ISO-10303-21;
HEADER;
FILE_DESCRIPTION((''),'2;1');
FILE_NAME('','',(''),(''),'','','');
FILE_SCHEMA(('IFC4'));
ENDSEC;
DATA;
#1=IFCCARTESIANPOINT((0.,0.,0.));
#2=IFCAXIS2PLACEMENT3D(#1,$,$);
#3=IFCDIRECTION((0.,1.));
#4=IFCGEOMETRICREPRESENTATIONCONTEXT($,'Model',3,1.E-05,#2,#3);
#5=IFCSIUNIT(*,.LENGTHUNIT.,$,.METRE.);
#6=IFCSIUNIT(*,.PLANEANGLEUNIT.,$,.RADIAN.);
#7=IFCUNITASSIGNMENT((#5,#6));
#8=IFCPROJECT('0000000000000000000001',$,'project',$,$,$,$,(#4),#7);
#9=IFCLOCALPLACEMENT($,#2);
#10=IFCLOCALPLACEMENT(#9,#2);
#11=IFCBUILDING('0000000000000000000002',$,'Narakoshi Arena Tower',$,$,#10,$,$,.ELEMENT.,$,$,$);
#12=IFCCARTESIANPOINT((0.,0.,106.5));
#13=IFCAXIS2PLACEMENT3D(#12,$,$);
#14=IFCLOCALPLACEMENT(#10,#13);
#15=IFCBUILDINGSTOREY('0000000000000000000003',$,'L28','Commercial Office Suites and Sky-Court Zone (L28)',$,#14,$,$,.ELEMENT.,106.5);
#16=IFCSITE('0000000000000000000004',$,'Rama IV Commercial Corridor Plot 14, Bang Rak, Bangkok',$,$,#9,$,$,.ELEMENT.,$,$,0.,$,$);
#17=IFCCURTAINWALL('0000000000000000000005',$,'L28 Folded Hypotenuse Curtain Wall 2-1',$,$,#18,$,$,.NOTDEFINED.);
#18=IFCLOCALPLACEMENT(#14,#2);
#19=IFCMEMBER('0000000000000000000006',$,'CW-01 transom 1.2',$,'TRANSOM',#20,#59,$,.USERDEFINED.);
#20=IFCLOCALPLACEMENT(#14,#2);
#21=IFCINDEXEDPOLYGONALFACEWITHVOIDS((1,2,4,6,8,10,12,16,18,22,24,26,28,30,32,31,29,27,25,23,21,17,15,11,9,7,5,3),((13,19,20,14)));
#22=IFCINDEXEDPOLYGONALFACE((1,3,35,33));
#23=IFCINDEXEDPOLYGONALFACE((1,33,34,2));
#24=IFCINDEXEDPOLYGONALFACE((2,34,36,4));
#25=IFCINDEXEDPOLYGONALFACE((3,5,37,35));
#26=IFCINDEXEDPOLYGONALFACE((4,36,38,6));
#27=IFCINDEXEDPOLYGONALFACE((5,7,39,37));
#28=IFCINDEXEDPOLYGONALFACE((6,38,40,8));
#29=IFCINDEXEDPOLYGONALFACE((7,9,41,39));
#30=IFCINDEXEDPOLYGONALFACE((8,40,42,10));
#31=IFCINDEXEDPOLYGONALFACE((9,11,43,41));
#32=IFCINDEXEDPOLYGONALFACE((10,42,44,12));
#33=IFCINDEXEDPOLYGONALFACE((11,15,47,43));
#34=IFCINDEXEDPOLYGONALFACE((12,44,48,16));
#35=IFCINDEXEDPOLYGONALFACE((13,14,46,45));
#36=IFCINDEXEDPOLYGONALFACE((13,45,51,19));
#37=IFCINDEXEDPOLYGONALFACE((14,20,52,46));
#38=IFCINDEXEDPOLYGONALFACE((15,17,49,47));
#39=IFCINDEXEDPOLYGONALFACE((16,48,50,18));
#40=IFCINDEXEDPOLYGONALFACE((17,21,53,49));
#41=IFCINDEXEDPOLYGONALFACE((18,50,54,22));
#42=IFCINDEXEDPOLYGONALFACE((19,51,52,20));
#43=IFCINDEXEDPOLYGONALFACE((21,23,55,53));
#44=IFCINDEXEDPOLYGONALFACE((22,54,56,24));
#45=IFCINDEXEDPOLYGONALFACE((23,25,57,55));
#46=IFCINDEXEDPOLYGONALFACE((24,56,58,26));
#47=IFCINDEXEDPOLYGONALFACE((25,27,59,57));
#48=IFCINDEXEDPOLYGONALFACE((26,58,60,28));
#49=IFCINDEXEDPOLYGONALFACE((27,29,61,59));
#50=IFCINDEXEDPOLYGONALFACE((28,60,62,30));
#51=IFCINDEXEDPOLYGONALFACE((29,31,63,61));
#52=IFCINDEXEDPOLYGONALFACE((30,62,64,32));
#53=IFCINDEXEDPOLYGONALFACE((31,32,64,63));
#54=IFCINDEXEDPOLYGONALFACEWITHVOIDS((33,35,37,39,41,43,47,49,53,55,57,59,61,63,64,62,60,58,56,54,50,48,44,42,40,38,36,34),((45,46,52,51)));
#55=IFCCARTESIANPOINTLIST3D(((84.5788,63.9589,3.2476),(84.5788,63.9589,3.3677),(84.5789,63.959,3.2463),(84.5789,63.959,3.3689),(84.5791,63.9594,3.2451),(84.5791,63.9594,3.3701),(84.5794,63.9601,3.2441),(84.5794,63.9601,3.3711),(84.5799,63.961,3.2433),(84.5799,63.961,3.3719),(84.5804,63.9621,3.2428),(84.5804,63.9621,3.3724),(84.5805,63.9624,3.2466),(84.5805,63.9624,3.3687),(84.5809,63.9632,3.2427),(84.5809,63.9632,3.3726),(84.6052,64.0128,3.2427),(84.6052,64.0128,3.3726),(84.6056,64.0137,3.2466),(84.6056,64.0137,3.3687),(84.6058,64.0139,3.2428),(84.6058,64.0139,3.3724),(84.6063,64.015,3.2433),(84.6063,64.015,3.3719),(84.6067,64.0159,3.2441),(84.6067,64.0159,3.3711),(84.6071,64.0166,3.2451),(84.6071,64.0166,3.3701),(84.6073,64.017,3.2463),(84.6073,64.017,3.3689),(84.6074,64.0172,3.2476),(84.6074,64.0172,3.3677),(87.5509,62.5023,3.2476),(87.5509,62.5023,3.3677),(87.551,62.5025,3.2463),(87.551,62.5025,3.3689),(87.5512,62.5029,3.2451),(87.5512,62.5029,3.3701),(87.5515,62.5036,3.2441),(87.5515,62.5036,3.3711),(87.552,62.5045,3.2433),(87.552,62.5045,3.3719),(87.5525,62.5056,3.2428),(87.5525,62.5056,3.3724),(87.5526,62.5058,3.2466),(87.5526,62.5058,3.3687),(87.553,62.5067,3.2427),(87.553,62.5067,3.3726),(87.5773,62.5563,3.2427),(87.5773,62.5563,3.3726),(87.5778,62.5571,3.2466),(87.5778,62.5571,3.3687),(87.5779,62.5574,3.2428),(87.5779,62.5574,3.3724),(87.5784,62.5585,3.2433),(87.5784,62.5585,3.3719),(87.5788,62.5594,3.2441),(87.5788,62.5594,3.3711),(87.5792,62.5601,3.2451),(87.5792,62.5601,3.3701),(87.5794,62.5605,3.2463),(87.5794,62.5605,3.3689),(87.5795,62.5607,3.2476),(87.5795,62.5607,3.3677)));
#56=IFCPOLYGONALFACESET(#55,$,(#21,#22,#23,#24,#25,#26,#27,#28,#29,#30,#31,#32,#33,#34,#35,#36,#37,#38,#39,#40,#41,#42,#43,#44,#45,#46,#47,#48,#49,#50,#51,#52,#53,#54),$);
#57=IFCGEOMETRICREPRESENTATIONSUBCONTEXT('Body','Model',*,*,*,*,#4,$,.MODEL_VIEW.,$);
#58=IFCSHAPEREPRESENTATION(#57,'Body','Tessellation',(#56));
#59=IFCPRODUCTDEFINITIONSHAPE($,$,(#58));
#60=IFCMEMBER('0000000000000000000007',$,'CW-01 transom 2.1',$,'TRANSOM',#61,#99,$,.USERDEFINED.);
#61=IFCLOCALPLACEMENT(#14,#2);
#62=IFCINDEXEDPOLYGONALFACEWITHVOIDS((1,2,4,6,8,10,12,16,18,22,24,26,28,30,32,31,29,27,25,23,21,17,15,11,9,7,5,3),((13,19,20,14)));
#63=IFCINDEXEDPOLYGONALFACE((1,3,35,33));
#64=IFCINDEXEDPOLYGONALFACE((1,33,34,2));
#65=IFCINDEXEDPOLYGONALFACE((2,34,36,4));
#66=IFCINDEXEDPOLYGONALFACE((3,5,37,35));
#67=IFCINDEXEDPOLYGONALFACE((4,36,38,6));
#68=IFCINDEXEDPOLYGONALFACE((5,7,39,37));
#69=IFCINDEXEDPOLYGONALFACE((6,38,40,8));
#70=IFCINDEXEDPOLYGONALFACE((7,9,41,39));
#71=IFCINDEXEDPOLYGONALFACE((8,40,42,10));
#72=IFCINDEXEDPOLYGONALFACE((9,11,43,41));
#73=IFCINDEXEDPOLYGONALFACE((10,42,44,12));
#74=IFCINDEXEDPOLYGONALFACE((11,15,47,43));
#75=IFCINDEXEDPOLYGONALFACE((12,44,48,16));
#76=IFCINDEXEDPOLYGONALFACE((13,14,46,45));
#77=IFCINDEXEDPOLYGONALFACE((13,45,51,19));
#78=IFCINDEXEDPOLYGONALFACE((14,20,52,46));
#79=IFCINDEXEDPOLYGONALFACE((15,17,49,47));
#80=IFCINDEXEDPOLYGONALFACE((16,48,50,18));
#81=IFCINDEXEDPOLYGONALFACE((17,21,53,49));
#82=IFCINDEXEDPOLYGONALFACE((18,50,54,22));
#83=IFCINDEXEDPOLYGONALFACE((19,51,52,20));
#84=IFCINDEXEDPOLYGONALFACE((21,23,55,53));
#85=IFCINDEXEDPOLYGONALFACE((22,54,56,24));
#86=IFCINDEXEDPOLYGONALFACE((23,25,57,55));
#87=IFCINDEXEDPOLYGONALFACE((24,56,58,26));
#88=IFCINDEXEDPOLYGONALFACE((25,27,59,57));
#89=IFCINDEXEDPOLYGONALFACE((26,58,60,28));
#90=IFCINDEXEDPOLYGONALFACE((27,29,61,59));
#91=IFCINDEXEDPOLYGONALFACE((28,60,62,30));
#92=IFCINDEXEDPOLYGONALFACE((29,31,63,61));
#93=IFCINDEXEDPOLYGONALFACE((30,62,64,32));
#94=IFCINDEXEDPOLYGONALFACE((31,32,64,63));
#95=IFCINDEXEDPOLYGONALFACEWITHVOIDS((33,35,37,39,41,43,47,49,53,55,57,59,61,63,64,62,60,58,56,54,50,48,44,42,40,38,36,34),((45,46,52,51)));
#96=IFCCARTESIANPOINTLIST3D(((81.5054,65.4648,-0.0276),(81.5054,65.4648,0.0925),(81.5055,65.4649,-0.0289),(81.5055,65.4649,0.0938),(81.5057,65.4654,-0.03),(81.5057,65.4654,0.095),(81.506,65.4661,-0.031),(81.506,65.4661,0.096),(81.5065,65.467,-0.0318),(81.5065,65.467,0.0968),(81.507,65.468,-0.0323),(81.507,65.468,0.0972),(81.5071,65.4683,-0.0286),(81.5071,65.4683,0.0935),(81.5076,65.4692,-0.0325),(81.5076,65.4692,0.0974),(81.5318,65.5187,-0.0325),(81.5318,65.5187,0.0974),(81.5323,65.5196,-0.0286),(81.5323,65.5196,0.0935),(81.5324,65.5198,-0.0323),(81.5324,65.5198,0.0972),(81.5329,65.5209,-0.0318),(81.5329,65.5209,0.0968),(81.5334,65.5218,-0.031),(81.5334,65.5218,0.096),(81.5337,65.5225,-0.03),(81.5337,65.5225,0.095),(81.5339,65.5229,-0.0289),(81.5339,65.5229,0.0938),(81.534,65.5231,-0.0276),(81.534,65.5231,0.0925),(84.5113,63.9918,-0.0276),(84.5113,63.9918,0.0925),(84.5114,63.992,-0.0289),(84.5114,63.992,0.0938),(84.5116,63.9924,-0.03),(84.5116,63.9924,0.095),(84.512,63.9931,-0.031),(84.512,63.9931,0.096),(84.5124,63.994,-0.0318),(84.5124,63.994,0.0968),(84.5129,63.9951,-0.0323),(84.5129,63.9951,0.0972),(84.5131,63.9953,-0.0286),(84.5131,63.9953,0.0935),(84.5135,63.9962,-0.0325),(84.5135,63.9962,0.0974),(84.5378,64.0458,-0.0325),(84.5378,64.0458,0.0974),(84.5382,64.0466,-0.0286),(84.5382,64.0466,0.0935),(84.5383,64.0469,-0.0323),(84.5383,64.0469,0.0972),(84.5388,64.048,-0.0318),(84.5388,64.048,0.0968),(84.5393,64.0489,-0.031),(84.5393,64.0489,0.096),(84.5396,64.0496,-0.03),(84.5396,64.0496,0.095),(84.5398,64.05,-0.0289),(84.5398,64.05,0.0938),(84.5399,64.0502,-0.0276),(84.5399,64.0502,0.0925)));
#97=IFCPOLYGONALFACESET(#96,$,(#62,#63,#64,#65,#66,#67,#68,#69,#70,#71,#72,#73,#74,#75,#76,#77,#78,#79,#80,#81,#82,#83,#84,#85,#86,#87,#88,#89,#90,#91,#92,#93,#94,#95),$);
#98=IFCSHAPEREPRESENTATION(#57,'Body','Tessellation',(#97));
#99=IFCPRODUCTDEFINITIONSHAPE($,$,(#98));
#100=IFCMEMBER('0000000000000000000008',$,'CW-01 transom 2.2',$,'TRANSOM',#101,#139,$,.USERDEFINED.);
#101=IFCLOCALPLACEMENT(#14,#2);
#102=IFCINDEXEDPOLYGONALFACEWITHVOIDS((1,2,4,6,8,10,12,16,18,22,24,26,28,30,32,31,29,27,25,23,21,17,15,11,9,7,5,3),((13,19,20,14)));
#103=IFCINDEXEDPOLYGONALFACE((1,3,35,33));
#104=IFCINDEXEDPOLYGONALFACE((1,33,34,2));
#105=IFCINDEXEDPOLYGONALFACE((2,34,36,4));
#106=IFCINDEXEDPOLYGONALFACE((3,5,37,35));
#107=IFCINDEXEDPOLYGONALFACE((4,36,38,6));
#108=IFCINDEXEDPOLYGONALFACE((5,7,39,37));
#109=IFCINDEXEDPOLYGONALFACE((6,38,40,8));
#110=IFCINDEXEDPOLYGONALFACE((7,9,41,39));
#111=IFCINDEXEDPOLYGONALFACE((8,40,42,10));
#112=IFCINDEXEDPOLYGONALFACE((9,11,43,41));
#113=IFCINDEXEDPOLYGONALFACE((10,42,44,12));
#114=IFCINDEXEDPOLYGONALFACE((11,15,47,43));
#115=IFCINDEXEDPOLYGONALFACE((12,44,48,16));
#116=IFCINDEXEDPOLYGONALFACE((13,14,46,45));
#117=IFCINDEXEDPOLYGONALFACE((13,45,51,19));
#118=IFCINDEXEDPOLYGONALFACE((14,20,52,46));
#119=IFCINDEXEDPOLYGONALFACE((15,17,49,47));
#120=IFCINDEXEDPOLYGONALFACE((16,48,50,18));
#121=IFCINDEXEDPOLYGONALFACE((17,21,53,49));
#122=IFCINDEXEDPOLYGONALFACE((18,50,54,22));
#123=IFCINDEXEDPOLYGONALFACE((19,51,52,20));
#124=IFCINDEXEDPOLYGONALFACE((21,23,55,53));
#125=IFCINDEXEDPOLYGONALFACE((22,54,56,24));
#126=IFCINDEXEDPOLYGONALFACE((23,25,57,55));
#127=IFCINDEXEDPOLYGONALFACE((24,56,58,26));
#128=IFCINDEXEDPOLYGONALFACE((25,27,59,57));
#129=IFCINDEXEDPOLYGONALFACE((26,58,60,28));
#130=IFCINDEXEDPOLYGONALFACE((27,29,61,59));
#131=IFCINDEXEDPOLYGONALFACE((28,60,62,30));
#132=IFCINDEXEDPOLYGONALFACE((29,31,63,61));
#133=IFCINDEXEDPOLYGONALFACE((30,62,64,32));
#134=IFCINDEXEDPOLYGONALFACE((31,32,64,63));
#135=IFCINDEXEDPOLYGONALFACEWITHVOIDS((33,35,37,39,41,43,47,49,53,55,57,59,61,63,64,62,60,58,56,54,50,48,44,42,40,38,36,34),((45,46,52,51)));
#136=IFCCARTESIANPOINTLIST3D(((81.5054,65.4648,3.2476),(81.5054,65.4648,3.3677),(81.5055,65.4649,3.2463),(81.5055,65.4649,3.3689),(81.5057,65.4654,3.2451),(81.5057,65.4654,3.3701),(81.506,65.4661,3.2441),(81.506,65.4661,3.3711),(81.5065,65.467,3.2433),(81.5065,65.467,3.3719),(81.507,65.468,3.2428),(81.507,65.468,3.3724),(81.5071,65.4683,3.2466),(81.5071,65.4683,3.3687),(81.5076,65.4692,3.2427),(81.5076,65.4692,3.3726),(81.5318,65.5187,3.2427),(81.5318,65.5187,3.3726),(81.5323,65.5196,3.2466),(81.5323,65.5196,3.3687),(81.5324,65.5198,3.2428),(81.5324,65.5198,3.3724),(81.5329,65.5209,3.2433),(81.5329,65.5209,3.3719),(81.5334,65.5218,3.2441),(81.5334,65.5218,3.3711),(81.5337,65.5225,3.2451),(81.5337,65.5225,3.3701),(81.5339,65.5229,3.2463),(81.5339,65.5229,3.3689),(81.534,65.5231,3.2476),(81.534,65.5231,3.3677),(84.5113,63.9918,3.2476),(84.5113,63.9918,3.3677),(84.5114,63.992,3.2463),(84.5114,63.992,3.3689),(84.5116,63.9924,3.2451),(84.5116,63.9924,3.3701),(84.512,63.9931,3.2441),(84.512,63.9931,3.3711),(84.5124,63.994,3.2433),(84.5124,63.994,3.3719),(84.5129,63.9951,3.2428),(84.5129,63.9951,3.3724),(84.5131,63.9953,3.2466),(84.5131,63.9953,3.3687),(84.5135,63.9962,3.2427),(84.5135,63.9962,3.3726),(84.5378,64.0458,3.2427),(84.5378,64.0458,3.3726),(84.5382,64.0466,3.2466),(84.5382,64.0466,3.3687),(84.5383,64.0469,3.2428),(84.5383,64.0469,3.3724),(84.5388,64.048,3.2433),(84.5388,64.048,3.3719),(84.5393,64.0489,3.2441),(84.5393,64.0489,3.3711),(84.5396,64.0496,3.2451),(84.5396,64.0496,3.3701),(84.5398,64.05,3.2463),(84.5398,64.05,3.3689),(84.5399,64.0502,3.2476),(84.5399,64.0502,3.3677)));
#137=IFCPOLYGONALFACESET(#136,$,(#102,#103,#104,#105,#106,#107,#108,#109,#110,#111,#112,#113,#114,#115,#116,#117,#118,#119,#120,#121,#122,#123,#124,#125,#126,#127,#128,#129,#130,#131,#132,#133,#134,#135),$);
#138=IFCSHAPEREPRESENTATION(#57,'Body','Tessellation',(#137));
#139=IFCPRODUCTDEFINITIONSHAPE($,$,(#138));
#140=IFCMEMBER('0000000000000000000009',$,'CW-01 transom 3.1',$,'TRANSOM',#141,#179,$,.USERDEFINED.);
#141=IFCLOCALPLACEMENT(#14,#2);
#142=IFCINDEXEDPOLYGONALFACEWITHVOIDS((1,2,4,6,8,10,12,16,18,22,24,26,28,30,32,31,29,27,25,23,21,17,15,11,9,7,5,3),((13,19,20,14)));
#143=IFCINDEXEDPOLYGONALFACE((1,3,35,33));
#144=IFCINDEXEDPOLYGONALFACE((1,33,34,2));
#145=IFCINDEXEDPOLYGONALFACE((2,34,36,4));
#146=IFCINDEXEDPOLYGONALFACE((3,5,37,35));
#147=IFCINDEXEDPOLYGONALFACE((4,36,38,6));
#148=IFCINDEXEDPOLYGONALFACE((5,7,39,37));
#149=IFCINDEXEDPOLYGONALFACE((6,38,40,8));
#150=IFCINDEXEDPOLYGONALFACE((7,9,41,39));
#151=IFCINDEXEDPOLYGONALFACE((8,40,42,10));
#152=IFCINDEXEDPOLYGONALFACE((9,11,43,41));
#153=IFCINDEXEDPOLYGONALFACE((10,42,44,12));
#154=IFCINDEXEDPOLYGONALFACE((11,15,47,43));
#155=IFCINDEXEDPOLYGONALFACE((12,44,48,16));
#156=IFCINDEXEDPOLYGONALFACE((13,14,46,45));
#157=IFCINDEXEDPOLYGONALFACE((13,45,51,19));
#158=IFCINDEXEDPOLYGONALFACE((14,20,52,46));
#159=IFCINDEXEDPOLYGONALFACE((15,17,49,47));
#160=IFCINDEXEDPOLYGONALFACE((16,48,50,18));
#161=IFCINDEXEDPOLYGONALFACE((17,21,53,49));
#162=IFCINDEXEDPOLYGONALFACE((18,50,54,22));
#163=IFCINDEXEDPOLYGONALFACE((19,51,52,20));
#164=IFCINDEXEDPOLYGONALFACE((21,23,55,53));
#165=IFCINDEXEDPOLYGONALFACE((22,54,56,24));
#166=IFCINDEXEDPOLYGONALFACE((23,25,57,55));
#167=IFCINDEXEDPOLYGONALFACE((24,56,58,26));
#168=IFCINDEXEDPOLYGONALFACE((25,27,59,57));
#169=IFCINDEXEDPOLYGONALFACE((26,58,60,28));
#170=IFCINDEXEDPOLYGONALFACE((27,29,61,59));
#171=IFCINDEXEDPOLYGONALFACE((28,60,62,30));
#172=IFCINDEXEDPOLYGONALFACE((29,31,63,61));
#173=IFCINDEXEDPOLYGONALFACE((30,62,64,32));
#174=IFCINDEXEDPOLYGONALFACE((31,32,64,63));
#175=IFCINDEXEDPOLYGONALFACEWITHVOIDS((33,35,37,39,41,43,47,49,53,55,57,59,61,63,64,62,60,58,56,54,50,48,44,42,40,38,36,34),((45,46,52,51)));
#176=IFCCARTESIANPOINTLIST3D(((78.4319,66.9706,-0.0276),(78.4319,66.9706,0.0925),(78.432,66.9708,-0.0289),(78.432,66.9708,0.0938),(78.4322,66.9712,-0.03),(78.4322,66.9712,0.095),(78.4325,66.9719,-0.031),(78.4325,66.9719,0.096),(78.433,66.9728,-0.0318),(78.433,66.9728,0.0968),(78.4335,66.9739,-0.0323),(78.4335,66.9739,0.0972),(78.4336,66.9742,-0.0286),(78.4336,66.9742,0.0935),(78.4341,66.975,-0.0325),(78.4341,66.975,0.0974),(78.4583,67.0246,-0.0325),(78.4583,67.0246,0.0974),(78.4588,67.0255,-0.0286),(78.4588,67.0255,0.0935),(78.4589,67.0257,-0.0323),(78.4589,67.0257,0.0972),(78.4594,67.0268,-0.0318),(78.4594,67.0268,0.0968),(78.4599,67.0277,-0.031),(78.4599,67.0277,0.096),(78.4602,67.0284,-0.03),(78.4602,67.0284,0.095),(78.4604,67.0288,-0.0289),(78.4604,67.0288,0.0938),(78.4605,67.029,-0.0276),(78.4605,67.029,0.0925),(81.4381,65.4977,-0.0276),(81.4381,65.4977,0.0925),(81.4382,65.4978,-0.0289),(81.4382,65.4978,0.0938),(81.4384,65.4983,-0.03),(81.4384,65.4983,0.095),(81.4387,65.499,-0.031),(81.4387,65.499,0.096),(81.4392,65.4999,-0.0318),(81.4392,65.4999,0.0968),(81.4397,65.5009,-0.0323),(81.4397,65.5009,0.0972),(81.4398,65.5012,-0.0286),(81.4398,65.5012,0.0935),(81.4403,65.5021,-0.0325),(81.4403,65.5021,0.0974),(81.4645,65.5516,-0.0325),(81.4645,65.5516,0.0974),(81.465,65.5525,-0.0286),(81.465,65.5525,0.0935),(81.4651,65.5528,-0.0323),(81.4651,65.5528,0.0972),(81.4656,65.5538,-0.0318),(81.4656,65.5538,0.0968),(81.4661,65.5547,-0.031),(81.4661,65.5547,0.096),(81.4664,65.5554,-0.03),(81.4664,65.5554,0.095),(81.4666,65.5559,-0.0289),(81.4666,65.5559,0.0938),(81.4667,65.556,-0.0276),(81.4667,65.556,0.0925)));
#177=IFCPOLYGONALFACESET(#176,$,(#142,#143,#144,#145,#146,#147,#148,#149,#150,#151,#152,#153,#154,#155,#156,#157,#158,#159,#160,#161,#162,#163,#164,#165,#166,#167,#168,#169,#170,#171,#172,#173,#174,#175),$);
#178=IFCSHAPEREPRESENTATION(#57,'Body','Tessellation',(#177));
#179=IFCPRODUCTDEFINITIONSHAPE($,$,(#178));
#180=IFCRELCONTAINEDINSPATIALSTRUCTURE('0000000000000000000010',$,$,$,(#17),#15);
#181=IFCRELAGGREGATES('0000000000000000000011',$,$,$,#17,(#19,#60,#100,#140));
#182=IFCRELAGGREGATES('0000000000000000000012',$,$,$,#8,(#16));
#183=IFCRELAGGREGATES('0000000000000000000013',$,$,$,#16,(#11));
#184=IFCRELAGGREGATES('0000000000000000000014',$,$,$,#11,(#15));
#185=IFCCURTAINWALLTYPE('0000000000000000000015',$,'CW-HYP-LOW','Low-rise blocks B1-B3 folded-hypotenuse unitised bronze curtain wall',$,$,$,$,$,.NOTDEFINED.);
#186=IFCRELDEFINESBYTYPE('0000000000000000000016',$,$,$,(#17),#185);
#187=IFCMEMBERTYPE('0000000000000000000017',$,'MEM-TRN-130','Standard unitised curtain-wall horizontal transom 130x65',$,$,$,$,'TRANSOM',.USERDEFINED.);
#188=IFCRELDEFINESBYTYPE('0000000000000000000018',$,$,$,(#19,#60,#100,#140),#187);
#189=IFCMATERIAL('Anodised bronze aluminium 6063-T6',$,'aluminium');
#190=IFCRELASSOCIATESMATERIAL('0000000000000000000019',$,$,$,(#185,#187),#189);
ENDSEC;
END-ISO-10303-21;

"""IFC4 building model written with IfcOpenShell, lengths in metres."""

from ifc_helpers import new_model, si_unit, direction, frame, origin, origin_2d, place, context, subcontext, project, spatial, hollow_rectangle, extrude, material, material_profile, profile_set, type_object, element, aggregate, save


model = new_model("IFC4")

# Units and contexts
model_context = context("Model", 3, precision=1e-05, world=origin(), true_north=direction((0.0, 1.0)))
body_context = subcontext(model_context, "Body", "Model", "MODEL_VIEW")
ifc_project = project(units=[si_unit("LENGTHUNIT", "METRE"), si_unit("PLANEANGLEUNIT", "RADIAN")], contexts=[model_context])

# Site, building, storey
site_placement = place(None, origin())
site = spatial("IfcSite", under=ifc_project, at=site_placement, Name="Rama IV Commercial Corridor Plot 14, Bang Rak, Bangkok", CompositionType="ELEMENT", RefElevation=0.0)
building_placement = place(site_placement, origin())
building = spatial("IfcBuilding", under=site, at=building_placement, Name="Narakoshi Arena Tower", CompositionType="ELEMENT")
storey_placement = place(building_placement, frame((0.0, 0.0, 106.5)))
storey = spatial("IfcBuildingStorey", under=building, at=storey_placement, Name="L28", Description="Commercial Office Suites and Sky-Court Zone (L28)", CompositionType="ELEMENT", Elevation=106.5)

# Curtain wall, members
ifc_material_1 = material(Name="Anodised bronze aluminium 6063-T6", Category="aluminium")
curtain_wall_type = type_object("IfcCurtainWallType", Name="CW-HYP-LOW", Description="Low-rise blocks B1-B3 folded-hypotenuse unitised bronze curtain wall", PredefinedType="NOTDEFINED", material=ifc_material_1)
curtain_wall_placement = place(storey_placement, origin())
curtain_wall = element("IfcCurtainWall", 1, at=curtain_wall_placement, inside=storey, type_object=curtain_wall_type, Name="L28 Folded Hypotenuse Curtain Wall 2-1", PredefinedType="NOTDEFINED")
ifc_material_profile_1 = material_profile(ifc_material_1, hollow_rectangle(XDim=0.0649, YDim=0.1299, WallThickness=0.0039, OuterFilletRadius=0.0049, at=origin_2d()), Name="TRN130x65x4")
ifc_profile_set_1 = profile_set([ifc_material_profile_1], Name="Anodised bronze aluminium 6063-T6")
member_type_1 = type_object("IfcMemberType", Name="MEM-TRN-130", Description="Standard unitised curtain-wall horizontal transom 130x65", ElementType="TRANSOM", PredefinedType="USERDEFINED", material=ifc_profile_set_1)
member_1_placement = place(storey_placement, frame((87.5652, 62.5315, 3.3076), z_axis=(-0.897969, 0.440059, 0.0), x_axis=(-0.440059, -0.897969, 0.0)))
member_1 = element("IfcMember", 2, at=member_1_placement, type_object=member_type_1, Name="CW-01 transom 1.2", ObjectType="TRANSOM", PredefinedType="USERDEFINED", context=body_context, shape_type="SweptSolid", body=[
    extrude(hollow_rectangle(XDim=0.0649, YDim=0.1299, WallThickness=0.0039, OuterFilletRadius=0.0049, at=origin_2d()), origin(), (0.0, 0.0, 1.0), 3.3098),
])
member_2_placement = place(storey_placement, frame((84.5256, 64.021, 0.0325), z_axis=(-0.897987, 0.440022, 0.0), x_axis=(-0.440022, -0.897987, 0.0)))
member_2 = element("IfcMember", 3, at=member_2_placement, type_object=member_type_1, Name="CW-01 transom 2.1", ObjectType="TRANSOM", PredefinedType="USERDEFINED", context=body_context, shape_type="SweptSolid", body=[
    extrude(hollow_rectangle(XDim=0.0649, YDim=0.1299, WallThickness=0.0039, OuterFilletRadius=0.0049, at=origin_2d()), origin(), (0.0, 0.0, 1.0), 3.3474),
])
member_3_placement = place(storey_placement, frame((84.5256, 64.021, 3.3076), z_axis=(-0.897987, 0.440022, 0.0), x_axis=(-0.440022, -0.897987, 0.0)))
member_3 = element("IfcMember", 4, at=member_3_placement, type_object=member_type_1, Name="CW-01 transom 2.2", ObjectType="TRANSOM", PredefinedType="USERDEFINED", context=body_context, shape_type="SweptSolid", body=[
    extrude(hollow_rectangle(XDim=0.0649, YDim=0.1299, WallThickness=0.0039, OuterFilletRadius=0.0049, at=origin_2d()), origin(), (0.0, 0.0, 1.0), 3.3474),
])
member_4_placement = place(storey_placement, frame((81.4524, 65.5269, 0.0325), z_axis=(-0.898001, 0.439993, 0.0), x_axis=(-0.439993, -0.898001, 0.0)))
member_4 = element("IfcMember", 5, at=member_4_placement, type_object=member_type_1, Name="CW-01 transom 3.1", ObjectType="TRANSOM", PredefinedType="USERDEFINED", context=body_context, shape_type="SweptSolid", body=[
    extrude(hollow_rectangle(XDim=0.0649, YDim=0.1299, WallThickness=0.0039, OuterFilletRadius=0.0049, at=origin_2d()), origin(), (0.0, 0.0, 1.0), 3.3477),
])
aggregate(curtain_wall, [member_1, member_2, member_3, member_4])

save(model, "model.ifc")
